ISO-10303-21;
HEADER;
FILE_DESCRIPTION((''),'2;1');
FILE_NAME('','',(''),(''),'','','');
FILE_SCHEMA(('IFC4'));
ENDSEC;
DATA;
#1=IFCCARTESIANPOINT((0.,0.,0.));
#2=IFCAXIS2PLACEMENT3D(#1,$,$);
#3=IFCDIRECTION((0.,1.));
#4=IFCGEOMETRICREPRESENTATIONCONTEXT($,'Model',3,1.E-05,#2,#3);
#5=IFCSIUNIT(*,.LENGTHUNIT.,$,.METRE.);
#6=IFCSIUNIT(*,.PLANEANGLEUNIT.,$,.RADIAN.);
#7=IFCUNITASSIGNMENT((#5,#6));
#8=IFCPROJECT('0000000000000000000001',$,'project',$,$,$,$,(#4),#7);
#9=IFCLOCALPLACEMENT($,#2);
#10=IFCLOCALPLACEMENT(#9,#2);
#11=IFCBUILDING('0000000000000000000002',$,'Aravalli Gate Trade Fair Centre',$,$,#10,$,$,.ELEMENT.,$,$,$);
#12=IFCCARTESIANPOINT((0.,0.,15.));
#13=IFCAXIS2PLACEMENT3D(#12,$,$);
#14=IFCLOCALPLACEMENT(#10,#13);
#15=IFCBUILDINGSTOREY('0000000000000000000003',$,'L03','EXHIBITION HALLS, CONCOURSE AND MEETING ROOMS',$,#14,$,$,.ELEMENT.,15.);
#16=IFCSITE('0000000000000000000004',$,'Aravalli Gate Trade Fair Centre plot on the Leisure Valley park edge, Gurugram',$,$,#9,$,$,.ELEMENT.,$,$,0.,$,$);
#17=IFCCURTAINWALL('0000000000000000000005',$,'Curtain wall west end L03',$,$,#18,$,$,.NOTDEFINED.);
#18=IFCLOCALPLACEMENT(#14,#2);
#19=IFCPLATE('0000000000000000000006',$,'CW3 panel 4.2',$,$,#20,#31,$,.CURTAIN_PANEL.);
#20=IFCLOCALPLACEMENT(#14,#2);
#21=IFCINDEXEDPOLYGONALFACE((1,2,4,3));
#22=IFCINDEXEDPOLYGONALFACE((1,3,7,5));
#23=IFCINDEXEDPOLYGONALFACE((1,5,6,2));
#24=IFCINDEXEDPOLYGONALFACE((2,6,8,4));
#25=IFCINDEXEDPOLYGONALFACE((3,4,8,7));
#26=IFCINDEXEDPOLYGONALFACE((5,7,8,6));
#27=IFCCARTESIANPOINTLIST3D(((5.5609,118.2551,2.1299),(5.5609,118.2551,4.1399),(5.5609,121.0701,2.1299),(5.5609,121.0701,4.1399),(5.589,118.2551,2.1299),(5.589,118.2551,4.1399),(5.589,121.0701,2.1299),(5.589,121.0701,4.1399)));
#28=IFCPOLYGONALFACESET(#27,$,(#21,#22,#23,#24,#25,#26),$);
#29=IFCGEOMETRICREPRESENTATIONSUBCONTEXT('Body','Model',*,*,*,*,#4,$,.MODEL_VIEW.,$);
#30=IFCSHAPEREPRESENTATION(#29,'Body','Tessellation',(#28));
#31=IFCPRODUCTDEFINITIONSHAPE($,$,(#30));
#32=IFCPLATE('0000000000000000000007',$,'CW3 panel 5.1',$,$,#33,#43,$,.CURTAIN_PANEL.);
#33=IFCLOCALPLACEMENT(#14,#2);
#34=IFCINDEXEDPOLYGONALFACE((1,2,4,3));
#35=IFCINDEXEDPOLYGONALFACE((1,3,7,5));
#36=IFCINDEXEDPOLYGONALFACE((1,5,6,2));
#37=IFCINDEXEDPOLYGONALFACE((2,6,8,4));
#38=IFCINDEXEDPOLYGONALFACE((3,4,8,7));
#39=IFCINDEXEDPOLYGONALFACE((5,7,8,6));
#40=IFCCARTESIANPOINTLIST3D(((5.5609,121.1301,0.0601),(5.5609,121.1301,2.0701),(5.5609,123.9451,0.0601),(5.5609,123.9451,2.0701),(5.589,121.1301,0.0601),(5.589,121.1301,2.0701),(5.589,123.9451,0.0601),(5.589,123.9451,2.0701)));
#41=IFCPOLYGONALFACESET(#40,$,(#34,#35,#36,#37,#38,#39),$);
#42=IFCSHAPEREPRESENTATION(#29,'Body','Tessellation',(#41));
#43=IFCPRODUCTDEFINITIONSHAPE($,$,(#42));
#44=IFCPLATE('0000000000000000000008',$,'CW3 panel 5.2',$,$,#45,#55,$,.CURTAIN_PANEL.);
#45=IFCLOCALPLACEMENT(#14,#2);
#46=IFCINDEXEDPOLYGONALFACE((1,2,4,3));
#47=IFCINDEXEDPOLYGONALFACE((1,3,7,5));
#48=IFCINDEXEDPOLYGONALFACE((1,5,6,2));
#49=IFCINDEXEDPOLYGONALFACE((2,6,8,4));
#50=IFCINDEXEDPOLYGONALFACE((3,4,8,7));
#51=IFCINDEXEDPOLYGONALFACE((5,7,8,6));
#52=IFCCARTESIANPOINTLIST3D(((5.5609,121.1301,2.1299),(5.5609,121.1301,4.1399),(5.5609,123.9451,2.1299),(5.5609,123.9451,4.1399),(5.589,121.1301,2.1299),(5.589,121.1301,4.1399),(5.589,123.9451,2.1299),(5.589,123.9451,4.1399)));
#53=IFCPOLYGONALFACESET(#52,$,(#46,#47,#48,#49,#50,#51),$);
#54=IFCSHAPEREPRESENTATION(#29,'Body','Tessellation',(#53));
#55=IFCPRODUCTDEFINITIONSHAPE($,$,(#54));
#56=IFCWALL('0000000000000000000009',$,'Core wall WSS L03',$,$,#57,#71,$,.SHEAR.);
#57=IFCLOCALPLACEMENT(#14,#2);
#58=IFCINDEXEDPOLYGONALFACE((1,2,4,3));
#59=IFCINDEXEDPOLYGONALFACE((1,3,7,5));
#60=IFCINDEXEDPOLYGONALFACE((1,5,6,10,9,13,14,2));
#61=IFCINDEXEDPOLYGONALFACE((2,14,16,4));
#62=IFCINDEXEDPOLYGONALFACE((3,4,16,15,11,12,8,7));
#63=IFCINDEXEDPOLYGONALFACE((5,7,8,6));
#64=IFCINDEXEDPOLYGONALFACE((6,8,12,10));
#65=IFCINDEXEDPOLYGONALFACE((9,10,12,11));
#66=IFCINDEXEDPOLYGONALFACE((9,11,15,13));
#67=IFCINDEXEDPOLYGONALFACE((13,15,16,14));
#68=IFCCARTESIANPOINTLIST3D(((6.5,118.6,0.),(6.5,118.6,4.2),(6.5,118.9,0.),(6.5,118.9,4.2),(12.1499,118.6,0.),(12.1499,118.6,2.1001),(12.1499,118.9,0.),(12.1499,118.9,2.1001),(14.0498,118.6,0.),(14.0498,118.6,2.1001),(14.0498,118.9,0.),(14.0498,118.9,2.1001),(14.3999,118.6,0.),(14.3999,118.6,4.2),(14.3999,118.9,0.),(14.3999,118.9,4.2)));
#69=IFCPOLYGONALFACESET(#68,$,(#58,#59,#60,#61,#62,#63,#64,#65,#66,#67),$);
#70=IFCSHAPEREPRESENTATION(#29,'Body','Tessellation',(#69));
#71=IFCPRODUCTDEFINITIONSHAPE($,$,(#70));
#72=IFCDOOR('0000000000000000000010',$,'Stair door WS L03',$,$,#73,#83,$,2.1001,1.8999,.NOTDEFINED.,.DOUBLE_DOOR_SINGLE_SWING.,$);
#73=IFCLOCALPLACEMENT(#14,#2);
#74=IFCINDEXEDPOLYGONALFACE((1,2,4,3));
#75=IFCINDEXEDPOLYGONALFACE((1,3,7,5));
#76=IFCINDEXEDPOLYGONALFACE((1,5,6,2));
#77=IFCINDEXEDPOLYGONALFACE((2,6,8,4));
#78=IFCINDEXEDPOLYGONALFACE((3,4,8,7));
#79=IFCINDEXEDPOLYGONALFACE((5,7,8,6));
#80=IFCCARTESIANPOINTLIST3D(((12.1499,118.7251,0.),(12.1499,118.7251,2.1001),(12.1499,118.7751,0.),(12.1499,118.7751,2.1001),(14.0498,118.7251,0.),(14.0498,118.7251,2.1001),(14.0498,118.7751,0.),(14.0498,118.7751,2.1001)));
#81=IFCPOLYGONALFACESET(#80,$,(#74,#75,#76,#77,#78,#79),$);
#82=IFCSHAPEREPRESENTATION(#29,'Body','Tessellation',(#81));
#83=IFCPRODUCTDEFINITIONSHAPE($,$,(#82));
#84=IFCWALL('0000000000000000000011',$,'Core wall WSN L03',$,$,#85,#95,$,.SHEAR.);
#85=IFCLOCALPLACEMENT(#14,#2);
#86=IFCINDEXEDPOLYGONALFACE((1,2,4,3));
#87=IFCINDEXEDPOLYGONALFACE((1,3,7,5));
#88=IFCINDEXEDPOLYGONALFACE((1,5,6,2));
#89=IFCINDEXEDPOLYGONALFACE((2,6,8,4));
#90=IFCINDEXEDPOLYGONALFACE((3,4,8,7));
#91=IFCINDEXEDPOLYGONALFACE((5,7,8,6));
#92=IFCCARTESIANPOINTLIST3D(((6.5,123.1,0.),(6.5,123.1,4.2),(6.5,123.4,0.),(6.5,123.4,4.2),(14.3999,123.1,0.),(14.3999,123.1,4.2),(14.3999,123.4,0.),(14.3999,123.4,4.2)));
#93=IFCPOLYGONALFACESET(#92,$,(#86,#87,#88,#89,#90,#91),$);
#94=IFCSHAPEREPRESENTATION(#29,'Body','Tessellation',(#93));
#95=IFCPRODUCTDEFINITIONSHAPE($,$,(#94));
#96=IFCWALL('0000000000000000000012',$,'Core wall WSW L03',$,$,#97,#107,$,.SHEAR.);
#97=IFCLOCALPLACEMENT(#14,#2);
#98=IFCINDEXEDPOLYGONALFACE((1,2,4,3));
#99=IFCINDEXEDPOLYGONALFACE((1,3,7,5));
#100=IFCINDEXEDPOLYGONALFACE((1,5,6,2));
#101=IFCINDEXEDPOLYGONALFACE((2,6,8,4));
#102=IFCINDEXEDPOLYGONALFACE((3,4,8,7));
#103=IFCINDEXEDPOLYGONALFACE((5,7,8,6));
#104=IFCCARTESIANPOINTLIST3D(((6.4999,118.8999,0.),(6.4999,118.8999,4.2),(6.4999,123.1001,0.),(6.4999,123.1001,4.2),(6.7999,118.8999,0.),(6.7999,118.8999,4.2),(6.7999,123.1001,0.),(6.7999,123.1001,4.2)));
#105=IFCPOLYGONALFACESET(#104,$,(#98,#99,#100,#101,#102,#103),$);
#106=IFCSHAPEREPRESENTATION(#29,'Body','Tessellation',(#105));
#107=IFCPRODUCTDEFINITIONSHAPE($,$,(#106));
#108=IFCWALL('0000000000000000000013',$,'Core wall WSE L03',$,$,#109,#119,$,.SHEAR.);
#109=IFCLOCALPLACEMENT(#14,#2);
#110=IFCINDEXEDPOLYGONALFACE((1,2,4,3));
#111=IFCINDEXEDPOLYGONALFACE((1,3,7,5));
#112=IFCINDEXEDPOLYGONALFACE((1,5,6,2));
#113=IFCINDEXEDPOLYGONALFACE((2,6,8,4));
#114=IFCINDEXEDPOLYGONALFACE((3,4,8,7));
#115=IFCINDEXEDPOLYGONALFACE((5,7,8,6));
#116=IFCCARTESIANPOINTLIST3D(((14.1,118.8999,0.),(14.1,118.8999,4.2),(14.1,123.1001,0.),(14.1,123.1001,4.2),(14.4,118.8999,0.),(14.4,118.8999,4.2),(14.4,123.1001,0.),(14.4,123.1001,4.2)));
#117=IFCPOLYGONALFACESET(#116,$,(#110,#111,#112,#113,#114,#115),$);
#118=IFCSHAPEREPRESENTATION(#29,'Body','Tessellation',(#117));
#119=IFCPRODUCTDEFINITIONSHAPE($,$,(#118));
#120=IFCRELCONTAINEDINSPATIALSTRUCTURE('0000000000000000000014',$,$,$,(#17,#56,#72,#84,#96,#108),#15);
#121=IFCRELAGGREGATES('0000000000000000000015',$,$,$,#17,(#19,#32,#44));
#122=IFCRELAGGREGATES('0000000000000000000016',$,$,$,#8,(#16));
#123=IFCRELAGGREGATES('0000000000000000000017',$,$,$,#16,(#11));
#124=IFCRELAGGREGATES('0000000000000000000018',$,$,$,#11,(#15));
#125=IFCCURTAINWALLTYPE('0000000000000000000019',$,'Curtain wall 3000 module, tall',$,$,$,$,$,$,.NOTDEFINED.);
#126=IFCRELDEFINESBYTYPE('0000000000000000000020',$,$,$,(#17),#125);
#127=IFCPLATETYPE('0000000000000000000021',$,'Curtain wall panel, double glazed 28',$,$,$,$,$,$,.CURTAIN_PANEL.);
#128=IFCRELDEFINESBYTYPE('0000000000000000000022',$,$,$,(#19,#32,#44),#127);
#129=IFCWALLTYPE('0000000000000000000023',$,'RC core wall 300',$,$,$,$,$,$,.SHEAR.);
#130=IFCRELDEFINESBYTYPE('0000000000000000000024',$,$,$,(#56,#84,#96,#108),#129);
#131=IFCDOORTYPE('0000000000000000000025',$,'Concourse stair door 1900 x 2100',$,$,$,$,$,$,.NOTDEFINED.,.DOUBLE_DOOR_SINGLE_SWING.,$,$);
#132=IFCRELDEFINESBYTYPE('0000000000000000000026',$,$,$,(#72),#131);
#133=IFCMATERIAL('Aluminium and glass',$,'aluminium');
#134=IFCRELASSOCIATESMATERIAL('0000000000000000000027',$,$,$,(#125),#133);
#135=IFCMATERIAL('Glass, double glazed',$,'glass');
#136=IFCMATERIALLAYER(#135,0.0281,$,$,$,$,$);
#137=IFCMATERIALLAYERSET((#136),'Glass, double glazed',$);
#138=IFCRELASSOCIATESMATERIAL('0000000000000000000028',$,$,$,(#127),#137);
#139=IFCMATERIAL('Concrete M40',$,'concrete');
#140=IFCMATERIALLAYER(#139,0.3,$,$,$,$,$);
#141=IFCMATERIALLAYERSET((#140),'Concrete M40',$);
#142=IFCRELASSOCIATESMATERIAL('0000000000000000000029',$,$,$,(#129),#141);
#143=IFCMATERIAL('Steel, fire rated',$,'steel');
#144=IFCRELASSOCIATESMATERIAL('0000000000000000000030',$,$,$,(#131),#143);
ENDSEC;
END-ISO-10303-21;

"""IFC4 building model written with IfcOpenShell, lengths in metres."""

from ifc_helpers import new_model, si_unit, direction, frame, frame_2d, origin, origin_2d, place, context, subcontext, project, spatial, rectangle, extrude, material, layer, layer_set, type_object, element, fill, aggregate, save


model = new_model("IFC4")

# Units and contexts
model_context = context("Model", 3, precision=1e-05, world=origin(), true_north=direction((0.0, 1.0)))
body_context = subcontext(model_context, "Body", "Model", "MODEL_VIEW")
ifc_project = project(units=[si_unit("LENGTHUNIT", "METRE"), si_unit("PLANEANGLEUNIT", "RADIAN")], contexts=[model_context])

# Site, building, storey
site_placement = place(None, origin())
site = spatial("IfcSite", under=ifc_project, at=site_placement, Name="Aravalli Gate Trade Fair Centre plot on the Leisure Valley park edge, Gurugram", CompositionType="ELEMENT", RefElevation=0.0)
building_placement = place(site_placement, origin())
building = spatial("IfcBuilding", under=site, at=building_placement, Name="Aravalli Gate Trade Fair Centre", CompositionType="ELEMENT")
storey_placement = place(building_placement, frame((0.0, 0.0, 15.0)))
storey = spatial("IfcBuildingStorey", under=building, at=storey_placement, Name="L03", Description="EXHIBITION HALLS, CONCOURSE AND MEETING ROOMS", CompositionType="ELEMENT", Elevation=15.0)

# Curtain wall, plates
ifc_material_1 = material(Name="Aluminium and glass", Category="aluminium")
curtain_wall_type = type_object("IfcCurtainWallType", Name="Curtain wall 3000 module, tall", PredefinedType="NOTDEFINED", material=ifc_material_1)
curtain_wall_placement = place(storey_placement, origin())
curtain_wall = element("IfcCurtainWall", 1, at=curtain_wall_placement, inside=storey, type_object=curtain_wall_type, Name="Curtain wall west end L03", PredefinedType="NOTDEFINED")
ifc_material_2 = material(Name="Glass, double glazed", Category="glass")
ifc_layer_1 = layer(ifc_material_2, 0.0281)
ifc_layer_set_1 = layer_set([ifc_layer_1], Name="Glass, double glazed")
plate_type = type_object("IfcPlateType", Name="Curtain wall panel, double glazed 28", PredefinedType="CURTAIN_PANEL", material=ifc_layer_set_1)
plate_1_placement = place(storey_placement, frame((5.575, 119.6626, 2.1299), z_axis=(0.0, 0.0, 1.0), x_axis=(0.0, 1.0, 0.0)))
plate_1 = element("IfcPlate", 2, at=plate_1_placement, type_object=plate_type, Name="CW3 panel 4.2", PredefinedType="CURTAIN_PANEL", context=body_context, shape_type="SweptSolid", body=[
    extrude(rectangle(XDim=2.8149, YDim=0.0281, at=origin_2d()), origin(), (0.0, 0.0, 1.0), 2.01),
])
plate_2_placement = place(storey_placement, frame((5.575, 122.5376, 0.0601), z_axis=(0.0, 0.0, 1.0), x_axis=(0.0, 1.0, 0.0)))
plate_2 = element("IfcPlate", 3, at=plate_2_placement, type_object=plate_type, Name="CW3 panel 5.1", PredefinedType="CURTAIN_PANEL", context=body_context, shape_type="SweptSolid", body=[
    extrude(rectangle(XDim=2.8149, YDim=0.0281, at=origin_2d()), origin(), (0.0, 0.0, 1.0), 2.01),
])
plate_3_placement = place(storey_placement, frame((5.575, 122.5376, 2.1299), z_axis=(0.0, 0.0, 1.0), x_axis=(0.0, 1.0, 0.0)))
plate_3 = element("IfcPlate", 4, at=plate_3_placement, type_object=plate_type, Name="CW3 panel 5.2", PredefinedType="CURTAIN_PANEL", context=body_context, shape_type="SweptSolid", body=[
    extrude(rectangle(XDim=2.8149, YDim=0.0281, at=origin_2d()), origin(), (0.0, 0.0, 1.0), 2.01),
])
aggregate(curtain_wall, [plate_1, plate_2, plate_3])

# Wall, opening, door
ifc_material_3 = material(Name="Concrete M40", Category="concrete")
ifc_layer_2 = layer(ifc_material_3, 0.3)
ifc_layer_set_2 = layer_set([ifc_layer_2], Name="Concrete M40")
wall_type = type_object("IfcWallType", Name="RC core wall 300", PredefinedType="SHEAR", material=ifc_layer_set_2)
wall_1_placement = place(storey_placement, frame((6.5, 118.75, 0.0), z_axis=(0.0, 0.0, 1.0), x_axis=(1.0, 0.0, 0.0)))
wall_1 = element("IfcWall", 5, at=wall_1_placement, inside=storey, type_object=wall_type, Name="Core wall WSS L03", PredefinedType="SHEAR", context=body_context, shape_type="SweptSolid", body=[
    extrude(rectangle(XDim=7.8999, YDim=0.3, at=frame_2d((3.95, 0.0))), origin(), (0.0, 0.0, 1.0), 4.2),
])
opening_placement = place(wall_1_placement, frame((5.6499, 0.0, 0.0)))
opening = element("IfcOpeningElement", 6, at=opening_placement, cuts=wall_1, PredefinedType="OPENING", context=body_context, shape_type="SweptSolid", body=[
    extrude(rectangle(XDim=1.8999, YDim=2.1001, at=frame_2d((0.95, 1.05))), frame((0.0, 0.1599, 0.0), z_axis=(0.0, -1.0, 0.0), x_axis=(1.0, 0.0, 0.0)), (0.0, 0.0, 1.0), 0.3201),
])
ifc_material_4 = material(Name="Steel, fire rated", Category="steel")
door_type = type_object("IfcDoorType", Name="Concourse stair door 1900 x 2100", OperationType="DOUBLE_DOOR_SINGLE_SWING", PredefinedType="NOTDEFINED", material=ifc_material_4)
door_placement = place(opening_placement, frame((1.8999, 0.0, 0.0), z_axis=(0.0, 0.0, 1.0), x_axis=(-1.0, 0.0, 0.0)))
door = element("IfcDoor", 7, at=door_placement, inside=storey, type_object=door_type, Name="Stair door WS L03", OperationType="DOUBLE_DOOR_SINGLE_SWING", OverallHeight=2.1001, OverallWidth=1.8999, PredefinedType="NOTDEFINED", context=body_context, shape_type="SweptSolid", body=[
    extrude(rectangle(XDim=1.8999, YDim=2.1001, at=frame_2d((0.95, 1.05))), frame((0.0, 0.0249, 0.0), z_axis=(0.0, -1.0, 0.0), x_axis=(1.0, 0.0, 0.0)), (0.0, 0.0, 1.0), 0.05),
])
fill(opening, door)

# Walls
wall_2_placement = place(storey_placement, frame((6.5, 123.25, 0.0), z_axis=(0.0, 0.0, 1.0), x_axis=(1.0, 0.0, 0.0)))
element("IfcWall", 8, at=wall_2_placement, inside=storey, type_object=wall_type, Name="Core wall WSN L03", PredefinedType="SHEAR", context=body_context, shape_type="SweptSolid", body=[
    extrude(rectangle(XDim=7.8999, YDim=0.3, at=frame_2d((3.95, 0.0))), origin(), (0.0, 0.0, 1.0), 4.2),
])
for number, where, z_axis, x_axis, name in (
    (9, (6.6499, 118.8999, 0.0), (0.0, 0.0, 1.0), (0.0, 1.0, 0.0), "Core wall WSW L03"),
    (10, (14.25, 118.8999, 0.0), (0.0, 0.0, 1.0), (0.0, 1.0, 0.0), "Core wall WSE L03"),
):
    element("IfcWall", number, at=place(storey_placement, frame(where, z_axis=z_axis, x_axis=x_axis)), inside=storey, type_object=wall_type, Name=name, PredefinedType="SHEAR", context=body_context, shape_type="SweptSolid", body=[
        extrude(rectangle(XDim=4.2002, YDim=0.3, at=frame_2d((2.1001, 0.0))), origin(), (0.0, 0.0, 1.0), 4.2),
    ])

save(model, "model.ifc")
